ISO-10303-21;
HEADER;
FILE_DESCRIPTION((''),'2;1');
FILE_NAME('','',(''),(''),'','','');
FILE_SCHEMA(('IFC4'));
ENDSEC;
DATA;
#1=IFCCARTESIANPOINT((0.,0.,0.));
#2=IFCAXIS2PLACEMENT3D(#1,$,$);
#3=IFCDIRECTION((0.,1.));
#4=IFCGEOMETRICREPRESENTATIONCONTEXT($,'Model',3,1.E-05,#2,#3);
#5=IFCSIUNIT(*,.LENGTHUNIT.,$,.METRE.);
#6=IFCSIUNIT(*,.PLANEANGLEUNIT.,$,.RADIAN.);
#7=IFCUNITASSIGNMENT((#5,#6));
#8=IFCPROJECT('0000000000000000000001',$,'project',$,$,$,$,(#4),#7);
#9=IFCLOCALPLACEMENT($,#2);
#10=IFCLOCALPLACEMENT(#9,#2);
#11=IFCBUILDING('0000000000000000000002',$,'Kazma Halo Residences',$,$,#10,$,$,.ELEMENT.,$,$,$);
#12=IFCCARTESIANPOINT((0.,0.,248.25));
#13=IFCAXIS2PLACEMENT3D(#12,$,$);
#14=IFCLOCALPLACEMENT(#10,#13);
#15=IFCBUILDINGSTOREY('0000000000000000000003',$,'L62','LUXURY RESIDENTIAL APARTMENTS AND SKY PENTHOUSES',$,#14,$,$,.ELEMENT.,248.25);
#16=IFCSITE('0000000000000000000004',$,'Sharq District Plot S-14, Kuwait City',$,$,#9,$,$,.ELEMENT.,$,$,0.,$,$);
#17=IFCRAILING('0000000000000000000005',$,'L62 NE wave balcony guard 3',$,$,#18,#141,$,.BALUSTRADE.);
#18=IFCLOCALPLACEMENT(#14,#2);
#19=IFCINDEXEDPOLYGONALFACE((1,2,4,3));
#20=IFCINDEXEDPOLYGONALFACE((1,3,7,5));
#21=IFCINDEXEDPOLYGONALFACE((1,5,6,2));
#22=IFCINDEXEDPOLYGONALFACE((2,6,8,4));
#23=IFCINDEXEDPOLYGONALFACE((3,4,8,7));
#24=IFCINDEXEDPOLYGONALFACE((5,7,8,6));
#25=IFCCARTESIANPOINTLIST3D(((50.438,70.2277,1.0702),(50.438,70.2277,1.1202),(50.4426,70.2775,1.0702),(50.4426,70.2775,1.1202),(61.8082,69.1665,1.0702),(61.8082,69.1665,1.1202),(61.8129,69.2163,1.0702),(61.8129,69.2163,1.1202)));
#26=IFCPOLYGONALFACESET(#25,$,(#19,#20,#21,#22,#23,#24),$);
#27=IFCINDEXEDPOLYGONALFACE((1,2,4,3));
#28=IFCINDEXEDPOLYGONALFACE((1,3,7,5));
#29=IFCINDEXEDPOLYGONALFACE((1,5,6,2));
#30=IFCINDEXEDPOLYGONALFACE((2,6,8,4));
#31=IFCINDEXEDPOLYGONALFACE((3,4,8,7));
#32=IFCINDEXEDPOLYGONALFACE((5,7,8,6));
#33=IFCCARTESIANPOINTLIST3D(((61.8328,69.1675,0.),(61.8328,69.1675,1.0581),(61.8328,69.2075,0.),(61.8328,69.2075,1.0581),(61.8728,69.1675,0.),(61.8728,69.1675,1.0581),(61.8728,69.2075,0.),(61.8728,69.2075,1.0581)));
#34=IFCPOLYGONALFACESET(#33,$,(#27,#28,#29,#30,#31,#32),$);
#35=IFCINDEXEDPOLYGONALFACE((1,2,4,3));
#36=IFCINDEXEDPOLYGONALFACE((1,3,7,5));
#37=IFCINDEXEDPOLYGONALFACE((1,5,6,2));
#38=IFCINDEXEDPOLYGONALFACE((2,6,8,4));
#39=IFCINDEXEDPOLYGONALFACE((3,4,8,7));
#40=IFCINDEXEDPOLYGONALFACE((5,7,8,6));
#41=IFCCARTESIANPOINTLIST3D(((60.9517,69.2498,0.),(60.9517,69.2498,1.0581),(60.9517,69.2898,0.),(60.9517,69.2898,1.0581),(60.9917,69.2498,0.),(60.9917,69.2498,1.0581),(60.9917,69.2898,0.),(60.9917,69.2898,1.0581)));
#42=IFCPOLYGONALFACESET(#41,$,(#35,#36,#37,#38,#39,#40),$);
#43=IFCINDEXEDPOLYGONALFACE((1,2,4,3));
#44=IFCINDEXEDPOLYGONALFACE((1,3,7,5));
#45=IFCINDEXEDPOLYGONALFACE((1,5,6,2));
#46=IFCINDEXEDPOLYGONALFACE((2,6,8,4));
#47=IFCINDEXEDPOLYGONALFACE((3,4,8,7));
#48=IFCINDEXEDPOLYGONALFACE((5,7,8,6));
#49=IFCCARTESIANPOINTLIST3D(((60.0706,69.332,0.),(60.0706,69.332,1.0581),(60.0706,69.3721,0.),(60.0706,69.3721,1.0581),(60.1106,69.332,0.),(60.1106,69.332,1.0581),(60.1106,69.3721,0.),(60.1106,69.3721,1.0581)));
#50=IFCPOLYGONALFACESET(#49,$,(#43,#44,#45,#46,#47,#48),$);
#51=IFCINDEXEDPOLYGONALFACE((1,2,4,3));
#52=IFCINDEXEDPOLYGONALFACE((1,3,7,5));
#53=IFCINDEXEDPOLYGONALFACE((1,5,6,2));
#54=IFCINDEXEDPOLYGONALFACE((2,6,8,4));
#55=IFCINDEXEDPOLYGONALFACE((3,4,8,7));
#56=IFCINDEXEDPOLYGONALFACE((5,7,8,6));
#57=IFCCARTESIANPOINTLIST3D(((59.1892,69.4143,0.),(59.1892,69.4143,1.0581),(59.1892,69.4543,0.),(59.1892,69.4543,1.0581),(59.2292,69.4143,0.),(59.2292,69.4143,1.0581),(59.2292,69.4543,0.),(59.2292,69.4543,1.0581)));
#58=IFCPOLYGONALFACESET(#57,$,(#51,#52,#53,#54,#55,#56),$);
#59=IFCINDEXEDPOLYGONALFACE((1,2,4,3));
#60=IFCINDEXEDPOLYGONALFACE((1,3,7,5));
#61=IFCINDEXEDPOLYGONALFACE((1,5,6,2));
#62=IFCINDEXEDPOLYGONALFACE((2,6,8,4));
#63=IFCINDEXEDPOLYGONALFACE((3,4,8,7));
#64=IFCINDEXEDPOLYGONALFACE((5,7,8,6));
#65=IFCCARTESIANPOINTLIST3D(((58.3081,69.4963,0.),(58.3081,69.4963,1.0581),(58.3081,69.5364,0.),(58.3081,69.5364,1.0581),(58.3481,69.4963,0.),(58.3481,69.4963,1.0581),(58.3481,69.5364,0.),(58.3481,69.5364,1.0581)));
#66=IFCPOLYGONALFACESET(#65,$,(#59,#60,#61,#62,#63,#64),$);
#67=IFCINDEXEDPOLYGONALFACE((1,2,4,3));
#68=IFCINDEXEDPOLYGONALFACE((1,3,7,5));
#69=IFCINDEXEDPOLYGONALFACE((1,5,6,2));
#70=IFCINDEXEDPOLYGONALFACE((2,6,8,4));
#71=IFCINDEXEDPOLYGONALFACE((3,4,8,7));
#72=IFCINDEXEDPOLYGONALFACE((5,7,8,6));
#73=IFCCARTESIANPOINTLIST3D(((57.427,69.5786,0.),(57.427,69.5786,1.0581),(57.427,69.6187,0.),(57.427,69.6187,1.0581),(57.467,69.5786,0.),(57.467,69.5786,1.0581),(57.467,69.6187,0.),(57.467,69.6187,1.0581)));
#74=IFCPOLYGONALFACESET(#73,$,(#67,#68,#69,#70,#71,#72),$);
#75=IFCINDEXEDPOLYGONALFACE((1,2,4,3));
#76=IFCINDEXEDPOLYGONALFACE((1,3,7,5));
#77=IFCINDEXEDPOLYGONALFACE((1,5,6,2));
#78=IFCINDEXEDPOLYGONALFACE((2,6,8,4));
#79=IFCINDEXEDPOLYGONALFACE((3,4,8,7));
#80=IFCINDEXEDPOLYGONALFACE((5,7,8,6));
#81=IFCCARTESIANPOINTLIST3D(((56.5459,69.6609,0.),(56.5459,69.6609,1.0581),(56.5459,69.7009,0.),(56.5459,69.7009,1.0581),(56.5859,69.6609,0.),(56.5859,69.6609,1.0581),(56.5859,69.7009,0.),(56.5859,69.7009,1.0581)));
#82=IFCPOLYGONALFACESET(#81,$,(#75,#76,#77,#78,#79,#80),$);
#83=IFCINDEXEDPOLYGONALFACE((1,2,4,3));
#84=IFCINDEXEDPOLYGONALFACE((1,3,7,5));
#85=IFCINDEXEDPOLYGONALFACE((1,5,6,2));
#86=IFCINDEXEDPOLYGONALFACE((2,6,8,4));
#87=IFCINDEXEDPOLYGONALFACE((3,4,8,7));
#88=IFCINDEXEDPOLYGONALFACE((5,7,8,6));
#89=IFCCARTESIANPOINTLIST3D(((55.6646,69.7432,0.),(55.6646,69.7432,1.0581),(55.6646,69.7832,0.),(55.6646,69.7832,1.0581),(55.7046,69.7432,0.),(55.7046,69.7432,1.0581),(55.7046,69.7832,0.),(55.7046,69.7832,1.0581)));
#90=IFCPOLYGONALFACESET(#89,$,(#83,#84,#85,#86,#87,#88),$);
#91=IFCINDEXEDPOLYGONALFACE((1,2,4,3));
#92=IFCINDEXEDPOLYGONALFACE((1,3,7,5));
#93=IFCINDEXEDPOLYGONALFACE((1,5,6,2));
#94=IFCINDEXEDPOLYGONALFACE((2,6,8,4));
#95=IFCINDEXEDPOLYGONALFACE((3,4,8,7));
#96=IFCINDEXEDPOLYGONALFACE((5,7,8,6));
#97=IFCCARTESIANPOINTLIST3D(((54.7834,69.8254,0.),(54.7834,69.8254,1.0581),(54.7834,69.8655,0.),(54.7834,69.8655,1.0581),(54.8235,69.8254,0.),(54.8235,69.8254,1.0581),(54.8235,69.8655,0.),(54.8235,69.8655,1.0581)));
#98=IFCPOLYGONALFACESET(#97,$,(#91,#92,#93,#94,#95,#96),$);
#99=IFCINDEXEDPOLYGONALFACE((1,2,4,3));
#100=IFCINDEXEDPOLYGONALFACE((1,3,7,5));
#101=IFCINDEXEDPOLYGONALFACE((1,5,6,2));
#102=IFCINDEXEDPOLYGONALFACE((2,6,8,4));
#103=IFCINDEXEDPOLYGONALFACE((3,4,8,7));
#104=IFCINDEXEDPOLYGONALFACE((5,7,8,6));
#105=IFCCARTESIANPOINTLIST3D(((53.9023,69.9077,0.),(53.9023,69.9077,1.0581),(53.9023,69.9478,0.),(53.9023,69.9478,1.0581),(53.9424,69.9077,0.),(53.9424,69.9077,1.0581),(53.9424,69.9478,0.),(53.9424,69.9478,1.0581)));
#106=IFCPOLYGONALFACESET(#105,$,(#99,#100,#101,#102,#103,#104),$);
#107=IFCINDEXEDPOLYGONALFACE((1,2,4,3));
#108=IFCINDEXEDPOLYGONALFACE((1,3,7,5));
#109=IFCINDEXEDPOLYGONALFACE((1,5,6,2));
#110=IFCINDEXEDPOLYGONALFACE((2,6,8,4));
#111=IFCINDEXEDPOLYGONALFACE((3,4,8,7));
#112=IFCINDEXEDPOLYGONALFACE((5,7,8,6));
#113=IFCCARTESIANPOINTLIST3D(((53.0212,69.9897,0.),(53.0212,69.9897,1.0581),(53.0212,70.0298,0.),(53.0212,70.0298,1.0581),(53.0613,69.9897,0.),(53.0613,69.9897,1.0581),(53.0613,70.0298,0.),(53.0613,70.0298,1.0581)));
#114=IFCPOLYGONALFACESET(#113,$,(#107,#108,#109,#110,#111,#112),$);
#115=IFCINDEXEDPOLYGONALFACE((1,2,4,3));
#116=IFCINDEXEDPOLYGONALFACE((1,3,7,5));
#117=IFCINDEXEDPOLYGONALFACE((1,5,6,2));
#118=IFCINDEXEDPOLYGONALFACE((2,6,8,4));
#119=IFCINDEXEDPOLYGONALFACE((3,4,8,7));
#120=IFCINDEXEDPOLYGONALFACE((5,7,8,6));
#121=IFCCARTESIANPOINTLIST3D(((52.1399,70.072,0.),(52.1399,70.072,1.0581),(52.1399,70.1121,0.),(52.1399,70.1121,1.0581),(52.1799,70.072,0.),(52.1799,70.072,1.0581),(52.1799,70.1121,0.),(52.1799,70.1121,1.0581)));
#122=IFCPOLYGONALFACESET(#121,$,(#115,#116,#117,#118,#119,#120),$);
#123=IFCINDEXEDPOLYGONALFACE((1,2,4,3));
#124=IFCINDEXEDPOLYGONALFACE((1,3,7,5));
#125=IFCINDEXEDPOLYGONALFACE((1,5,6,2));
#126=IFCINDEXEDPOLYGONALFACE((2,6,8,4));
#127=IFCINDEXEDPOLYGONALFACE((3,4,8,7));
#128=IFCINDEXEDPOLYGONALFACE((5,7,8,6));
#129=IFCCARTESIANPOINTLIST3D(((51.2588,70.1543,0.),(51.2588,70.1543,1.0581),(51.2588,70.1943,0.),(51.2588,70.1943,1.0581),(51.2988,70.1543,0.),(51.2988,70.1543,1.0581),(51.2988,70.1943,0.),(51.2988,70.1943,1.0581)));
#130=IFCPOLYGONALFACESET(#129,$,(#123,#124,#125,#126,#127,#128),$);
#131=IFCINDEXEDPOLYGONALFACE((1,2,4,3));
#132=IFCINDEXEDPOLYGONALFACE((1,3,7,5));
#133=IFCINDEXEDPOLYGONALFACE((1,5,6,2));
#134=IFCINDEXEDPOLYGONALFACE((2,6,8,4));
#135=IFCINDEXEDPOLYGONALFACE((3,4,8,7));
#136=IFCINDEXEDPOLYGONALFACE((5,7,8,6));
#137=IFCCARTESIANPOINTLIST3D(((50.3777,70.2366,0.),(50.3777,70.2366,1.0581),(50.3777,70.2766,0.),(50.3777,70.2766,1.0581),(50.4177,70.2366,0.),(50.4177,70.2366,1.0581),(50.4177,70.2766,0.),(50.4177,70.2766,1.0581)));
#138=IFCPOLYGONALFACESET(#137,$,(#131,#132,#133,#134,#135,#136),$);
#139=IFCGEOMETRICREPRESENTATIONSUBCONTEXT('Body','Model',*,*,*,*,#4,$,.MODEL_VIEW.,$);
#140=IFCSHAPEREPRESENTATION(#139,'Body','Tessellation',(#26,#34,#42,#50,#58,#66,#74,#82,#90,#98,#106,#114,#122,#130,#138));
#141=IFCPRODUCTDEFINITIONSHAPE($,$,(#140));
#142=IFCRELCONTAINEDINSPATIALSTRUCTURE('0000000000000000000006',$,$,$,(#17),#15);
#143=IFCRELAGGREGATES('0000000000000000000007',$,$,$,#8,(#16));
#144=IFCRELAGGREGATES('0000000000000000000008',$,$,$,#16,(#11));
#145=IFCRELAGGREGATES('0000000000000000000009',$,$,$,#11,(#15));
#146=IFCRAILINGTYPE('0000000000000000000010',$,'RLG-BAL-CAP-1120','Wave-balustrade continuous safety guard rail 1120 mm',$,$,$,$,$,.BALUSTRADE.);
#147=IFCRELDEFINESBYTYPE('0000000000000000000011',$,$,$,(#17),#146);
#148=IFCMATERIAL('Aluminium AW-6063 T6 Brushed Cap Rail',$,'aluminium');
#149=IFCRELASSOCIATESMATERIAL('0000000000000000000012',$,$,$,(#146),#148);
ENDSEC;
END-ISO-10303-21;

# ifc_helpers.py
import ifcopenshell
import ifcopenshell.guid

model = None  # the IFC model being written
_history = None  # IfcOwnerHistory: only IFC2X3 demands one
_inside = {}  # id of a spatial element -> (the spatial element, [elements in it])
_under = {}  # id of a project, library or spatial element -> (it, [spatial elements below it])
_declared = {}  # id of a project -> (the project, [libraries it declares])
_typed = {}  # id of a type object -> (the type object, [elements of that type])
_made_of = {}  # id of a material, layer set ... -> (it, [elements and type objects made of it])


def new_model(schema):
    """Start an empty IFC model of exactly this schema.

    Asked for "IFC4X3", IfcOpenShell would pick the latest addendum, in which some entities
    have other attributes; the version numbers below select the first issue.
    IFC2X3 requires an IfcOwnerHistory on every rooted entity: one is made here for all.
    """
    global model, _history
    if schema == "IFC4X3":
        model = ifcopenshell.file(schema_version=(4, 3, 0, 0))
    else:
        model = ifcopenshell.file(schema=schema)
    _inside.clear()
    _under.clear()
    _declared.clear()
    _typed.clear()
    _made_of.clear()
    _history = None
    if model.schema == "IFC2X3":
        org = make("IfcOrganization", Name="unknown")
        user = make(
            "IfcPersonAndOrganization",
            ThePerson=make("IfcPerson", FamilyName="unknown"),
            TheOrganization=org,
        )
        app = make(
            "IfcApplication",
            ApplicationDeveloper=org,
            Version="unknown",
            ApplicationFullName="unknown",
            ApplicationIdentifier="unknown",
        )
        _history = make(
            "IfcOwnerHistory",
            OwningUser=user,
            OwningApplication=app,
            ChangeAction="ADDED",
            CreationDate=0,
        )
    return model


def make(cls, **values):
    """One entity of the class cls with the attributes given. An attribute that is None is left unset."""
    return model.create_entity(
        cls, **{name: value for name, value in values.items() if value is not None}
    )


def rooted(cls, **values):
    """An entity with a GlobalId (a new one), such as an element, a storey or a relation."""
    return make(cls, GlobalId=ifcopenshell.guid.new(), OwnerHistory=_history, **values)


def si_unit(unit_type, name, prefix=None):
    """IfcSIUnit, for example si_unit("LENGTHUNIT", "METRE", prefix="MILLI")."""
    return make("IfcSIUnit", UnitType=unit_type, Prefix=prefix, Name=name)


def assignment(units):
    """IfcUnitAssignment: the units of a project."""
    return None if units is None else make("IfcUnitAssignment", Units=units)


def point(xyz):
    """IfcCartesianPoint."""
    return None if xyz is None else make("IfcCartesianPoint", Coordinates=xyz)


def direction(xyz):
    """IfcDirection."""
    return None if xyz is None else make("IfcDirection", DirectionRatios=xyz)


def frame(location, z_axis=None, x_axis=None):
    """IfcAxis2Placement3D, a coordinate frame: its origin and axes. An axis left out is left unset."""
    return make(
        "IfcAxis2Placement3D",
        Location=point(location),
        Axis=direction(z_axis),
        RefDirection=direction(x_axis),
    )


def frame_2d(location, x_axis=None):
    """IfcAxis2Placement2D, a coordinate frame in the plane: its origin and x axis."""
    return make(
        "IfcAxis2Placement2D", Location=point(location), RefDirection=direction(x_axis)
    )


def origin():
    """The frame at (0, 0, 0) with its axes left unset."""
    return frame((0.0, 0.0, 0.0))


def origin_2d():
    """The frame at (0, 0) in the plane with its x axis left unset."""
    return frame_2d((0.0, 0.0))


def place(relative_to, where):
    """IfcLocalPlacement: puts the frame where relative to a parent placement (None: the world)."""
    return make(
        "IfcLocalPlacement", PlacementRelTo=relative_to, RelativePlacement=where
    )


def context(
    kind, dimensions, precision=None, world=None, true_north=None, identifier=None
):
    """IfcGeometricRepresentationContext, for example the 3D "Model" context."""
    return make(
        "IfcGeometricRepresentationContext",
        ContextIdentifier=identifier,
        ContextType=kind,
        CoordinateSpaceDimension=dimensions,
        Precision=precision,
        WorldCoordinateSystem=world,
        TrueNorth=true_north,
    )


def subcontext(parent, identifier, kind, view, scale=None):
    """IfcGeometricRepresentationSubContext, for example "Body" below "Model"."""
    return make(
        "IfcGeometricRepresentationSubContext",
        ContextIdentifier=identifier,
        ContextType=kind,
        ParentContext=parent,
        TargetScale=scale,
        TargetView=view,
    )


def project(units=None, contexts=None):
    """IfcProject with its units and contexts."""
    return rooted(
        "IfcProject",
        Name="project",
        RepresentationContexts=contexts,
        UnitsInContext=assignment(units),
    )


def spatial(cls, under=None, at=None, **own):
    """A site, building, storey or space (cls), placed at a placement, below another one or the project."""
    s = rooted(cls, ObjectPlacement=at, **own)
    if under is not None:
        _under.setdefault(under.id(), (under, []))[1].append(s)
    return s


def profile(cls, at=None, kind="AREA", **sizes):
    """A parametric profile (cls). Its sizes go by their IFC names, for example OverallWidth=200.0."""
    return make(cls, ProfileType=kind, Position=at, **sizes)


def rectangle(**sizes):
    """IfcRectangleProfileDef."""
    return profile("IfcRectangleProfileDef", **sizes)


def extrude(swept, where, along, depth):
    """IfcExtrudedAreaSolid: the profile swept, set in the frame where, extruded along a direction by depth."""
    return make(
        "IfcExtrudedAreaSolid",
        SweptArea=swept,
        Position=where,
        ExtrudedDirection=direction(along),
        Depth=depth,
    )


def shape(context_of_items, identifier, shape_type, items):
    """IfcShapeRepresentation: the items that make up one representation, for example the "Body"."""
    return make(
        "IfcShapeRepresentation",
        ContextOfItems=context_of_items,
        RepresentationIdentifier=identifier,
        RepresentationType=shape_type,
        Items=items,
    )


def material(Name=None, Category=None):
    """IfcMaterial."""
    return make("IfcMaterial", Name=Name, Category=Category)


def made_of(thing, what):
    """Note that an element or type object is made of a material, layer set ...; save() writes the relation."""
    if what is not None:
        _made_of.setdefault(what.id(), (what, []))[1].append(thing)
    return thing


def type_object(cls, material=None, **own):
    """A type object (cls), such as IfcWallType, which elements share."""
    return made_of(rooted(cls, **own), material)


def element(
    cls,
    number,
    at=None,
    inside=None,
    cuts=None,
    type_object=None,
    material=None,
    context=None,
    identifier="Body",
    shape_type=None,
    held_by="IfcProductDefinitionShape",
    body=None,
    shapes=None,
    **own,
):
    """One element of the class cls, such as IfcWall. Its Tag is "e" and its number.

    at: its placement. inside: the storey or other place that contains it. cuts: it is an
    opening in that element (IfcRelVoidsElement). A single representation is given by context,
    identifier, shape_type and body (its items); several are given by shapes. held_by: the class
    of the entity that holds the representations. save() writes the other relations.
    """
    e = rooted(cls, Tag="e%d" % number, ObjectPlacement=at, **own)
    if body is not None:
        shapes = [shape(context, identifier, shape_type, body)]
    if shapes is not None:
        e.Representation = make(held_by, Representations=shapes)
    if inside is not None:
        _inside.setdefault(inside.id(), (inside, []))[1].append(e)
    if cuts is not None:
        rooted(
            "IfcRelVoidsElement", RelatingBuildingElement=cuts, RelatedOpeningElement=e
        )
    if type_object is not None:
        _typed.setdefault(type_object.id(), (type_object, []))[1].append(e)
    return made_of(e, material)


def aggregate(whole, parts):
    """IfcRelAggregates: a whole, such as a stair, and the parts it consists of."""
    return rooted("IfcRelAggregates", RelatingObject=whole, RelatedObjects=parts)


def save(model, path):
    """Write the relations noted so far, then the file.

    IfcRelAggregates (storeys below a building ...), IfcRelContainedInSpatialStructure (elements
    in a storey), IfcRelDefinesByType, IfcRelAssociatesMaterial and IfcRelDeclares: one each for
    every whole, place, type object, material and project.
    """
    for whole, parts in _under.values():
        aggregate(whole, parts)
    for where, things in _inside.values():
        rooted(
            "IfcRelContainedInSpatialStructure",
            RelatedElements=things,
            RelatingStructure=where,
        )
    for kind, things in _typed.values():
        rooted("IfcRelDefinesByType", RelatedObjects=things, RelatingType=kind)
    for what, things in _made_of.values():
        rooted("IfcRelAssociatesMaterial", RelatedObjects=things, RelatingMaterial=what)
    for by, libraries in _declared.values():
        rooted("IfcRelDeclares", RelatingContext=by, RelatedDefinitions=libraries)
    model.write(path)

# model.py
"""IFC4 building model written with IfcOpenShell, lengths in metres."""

from ifc_helpers import new_model, si_unit, direction, frame, origin, origin_2d, place, context, subcontext, project, spatial, rectangle, extrude, material, type_object, element, save


model = new_model("IFC4")

# Units and contexts
model_context = context("Model", 3, precision=1e-05, world=origin(), true_north=direction((0.0, 1.0)))
body_context = subcontext(model_context, "Body", "Model", "MODEL_VIEW")
ifc_project = project(units=[si_unit("LENGTHUNIT", "METRE"), si_unit("PLANEANGLEUNIT", "RADIAN")], contexts=[model_context])

# Site, building, storey
site_placement = place(None, origin())
site = spatial("IfcSite", under=ifc_project, at=site_placement, Name="Sharq District Plot S-14, Kuwait City", CompositionType="ELEMENT", RefElevation=0.0)
building_placement = place(site_placement, origin())
building = spatial("IfcBuilding", under=site, at=building_placement, Name="Kazma Halo Residences", CompositionType="ELEMENT")
storey_placement = place(building_placement, frame((0.0, 0.0, 248.25)))
storey = spatial("IfcBuildingStorey", under=building, at=storey_placement, Name="L62", Description="LUXURY RESIDENTIAL APARTMENTS AND SKY PENTHOUSES", CompositionType="ELEMENT", Elevation=248.25)

# Railing
ifc_material_1 = material(Name="Aluminium AW-6063 T6 Brushed Cap Rail", Category="aluminium")
railing_type = type_object("IfcRailingType", Name="RLG-BAL-CAP-1120", Description="Wave-balustrade continuous safety guard rail 1120 mm", PredefinedType="BALUSTRADE", material=ifc_material_1)
railing_1_placement = place(storey_placement, frame((61.8528, 69.1875, 0.0)))
element("IfcRailing", 1, at=railing_1_placement, inside=storey, type_object=railing_type, Name="L62 NE wave balcony guard 3", PredefinedType="BALUSTRADE", context=body_context, shape_type="SweptSolid", body=[
    extrude(rectangle(XDim=0.05, YDim=0.05, at=origin_2d()), frame((-0.0422, 0.0039, 1.0952), z_axis=(-0.995673, 0.092925, 0.0), x_axis=(-0.092925, -0.995673, 0.0)), (0.0, 0.0, 1.0), 11.4197),
    extrude(rectangle(XDim=0.04, YDim=0.04, at=origin_2d()), origin(), (0.0, 0.0, 1.0), 1.0581),
    extrude(rectangle(XDim=0.04, YDim=0.04, at=origin_2d()), frame((-0.8811, 0.0823, 0.0)), (0.0, 0.0, 1.0), 1.0581),
    extrude(rectangle(XDim=0.04, YDim=0.04, at=origin_2d()), frame((-1.7622, 0.1646, 0.0)), (0.0, 0.0, 1.0), 1.0581),
    extrude(rectangle(XDim=0.04, YDim=0.04, at=origin_2d()), frame((-2.6436, 0.2468, 0.0)), (0.0, 0.0, 1.0), 1.0581),
    extrude(rectangle(XDim=0.04, YDim=0.04, at=origin_2d()), frame((-3.5247, 0.3289, 0.0)), (0.0, 0.0, 1.0), 1.0581),
    extrude(rectangle(XDim=0.04, YDim=0.04, at=origin_2d()), frame((-4.4058, 0.4111, 0.0)), (0.0, 0.0, 1.0), 1.0581),
    extrude(rectangle(XDim=0.04, YDim=0.04, at=origin_2d()), frame((-5.2869, 0.4934, 0.0)), (0.0, 0.0, 1.0), 1.0581),
    extrude(rectangle(XDim=0.04, YDim=0.04, at=origin_2d()), frame((-6.1682, 0.5757, 0.0)), (0.0, 0.0, 1.0), 1.0581),
    extrude(rectangle(XDim=0.04, YDim=0.04, at=origin_2d()), frame((-7.0493, 0.658, 0.0)), (0.0, 0.0, 1.0), 1.0581),
    extrude(rectangle(XDim=0.04, YDim=0.04, at=origin_2d()), frame((-7.9304, 0.7402, 0.0)), (0.0, 0.0, 1.0), 1.0581),
    extrude(rectangle(XDim=0.04, YDim=0.04, at=origin_2d()), frame((-8.8115, 0.8223, 0.0)), (0.0, 0.0, 1.0), 1.0581),
    extrude(rectangle(XDim=0.04, YDim=0.04, at=origin_2d()), frame((-9.6929, 0.9045, 0.0)), (0.0, 0.0, 1.0), 1.0581),
    extrude(rectangle(XDim=0.04, YDim=0.04, at=origin_2d()), frame((-10.574, 0.9868, 0.0)), (0.0, 0.0, 1.0), 1.0581),
    extrude(rectangle(XDim=0.04, YDim=0.04, at=origin_2d()), frame((-11.4551, 1.0691, 0.0)), (0.0, 0.0, 1.0), 1.0581),
])

save(model, "model.ifc")
